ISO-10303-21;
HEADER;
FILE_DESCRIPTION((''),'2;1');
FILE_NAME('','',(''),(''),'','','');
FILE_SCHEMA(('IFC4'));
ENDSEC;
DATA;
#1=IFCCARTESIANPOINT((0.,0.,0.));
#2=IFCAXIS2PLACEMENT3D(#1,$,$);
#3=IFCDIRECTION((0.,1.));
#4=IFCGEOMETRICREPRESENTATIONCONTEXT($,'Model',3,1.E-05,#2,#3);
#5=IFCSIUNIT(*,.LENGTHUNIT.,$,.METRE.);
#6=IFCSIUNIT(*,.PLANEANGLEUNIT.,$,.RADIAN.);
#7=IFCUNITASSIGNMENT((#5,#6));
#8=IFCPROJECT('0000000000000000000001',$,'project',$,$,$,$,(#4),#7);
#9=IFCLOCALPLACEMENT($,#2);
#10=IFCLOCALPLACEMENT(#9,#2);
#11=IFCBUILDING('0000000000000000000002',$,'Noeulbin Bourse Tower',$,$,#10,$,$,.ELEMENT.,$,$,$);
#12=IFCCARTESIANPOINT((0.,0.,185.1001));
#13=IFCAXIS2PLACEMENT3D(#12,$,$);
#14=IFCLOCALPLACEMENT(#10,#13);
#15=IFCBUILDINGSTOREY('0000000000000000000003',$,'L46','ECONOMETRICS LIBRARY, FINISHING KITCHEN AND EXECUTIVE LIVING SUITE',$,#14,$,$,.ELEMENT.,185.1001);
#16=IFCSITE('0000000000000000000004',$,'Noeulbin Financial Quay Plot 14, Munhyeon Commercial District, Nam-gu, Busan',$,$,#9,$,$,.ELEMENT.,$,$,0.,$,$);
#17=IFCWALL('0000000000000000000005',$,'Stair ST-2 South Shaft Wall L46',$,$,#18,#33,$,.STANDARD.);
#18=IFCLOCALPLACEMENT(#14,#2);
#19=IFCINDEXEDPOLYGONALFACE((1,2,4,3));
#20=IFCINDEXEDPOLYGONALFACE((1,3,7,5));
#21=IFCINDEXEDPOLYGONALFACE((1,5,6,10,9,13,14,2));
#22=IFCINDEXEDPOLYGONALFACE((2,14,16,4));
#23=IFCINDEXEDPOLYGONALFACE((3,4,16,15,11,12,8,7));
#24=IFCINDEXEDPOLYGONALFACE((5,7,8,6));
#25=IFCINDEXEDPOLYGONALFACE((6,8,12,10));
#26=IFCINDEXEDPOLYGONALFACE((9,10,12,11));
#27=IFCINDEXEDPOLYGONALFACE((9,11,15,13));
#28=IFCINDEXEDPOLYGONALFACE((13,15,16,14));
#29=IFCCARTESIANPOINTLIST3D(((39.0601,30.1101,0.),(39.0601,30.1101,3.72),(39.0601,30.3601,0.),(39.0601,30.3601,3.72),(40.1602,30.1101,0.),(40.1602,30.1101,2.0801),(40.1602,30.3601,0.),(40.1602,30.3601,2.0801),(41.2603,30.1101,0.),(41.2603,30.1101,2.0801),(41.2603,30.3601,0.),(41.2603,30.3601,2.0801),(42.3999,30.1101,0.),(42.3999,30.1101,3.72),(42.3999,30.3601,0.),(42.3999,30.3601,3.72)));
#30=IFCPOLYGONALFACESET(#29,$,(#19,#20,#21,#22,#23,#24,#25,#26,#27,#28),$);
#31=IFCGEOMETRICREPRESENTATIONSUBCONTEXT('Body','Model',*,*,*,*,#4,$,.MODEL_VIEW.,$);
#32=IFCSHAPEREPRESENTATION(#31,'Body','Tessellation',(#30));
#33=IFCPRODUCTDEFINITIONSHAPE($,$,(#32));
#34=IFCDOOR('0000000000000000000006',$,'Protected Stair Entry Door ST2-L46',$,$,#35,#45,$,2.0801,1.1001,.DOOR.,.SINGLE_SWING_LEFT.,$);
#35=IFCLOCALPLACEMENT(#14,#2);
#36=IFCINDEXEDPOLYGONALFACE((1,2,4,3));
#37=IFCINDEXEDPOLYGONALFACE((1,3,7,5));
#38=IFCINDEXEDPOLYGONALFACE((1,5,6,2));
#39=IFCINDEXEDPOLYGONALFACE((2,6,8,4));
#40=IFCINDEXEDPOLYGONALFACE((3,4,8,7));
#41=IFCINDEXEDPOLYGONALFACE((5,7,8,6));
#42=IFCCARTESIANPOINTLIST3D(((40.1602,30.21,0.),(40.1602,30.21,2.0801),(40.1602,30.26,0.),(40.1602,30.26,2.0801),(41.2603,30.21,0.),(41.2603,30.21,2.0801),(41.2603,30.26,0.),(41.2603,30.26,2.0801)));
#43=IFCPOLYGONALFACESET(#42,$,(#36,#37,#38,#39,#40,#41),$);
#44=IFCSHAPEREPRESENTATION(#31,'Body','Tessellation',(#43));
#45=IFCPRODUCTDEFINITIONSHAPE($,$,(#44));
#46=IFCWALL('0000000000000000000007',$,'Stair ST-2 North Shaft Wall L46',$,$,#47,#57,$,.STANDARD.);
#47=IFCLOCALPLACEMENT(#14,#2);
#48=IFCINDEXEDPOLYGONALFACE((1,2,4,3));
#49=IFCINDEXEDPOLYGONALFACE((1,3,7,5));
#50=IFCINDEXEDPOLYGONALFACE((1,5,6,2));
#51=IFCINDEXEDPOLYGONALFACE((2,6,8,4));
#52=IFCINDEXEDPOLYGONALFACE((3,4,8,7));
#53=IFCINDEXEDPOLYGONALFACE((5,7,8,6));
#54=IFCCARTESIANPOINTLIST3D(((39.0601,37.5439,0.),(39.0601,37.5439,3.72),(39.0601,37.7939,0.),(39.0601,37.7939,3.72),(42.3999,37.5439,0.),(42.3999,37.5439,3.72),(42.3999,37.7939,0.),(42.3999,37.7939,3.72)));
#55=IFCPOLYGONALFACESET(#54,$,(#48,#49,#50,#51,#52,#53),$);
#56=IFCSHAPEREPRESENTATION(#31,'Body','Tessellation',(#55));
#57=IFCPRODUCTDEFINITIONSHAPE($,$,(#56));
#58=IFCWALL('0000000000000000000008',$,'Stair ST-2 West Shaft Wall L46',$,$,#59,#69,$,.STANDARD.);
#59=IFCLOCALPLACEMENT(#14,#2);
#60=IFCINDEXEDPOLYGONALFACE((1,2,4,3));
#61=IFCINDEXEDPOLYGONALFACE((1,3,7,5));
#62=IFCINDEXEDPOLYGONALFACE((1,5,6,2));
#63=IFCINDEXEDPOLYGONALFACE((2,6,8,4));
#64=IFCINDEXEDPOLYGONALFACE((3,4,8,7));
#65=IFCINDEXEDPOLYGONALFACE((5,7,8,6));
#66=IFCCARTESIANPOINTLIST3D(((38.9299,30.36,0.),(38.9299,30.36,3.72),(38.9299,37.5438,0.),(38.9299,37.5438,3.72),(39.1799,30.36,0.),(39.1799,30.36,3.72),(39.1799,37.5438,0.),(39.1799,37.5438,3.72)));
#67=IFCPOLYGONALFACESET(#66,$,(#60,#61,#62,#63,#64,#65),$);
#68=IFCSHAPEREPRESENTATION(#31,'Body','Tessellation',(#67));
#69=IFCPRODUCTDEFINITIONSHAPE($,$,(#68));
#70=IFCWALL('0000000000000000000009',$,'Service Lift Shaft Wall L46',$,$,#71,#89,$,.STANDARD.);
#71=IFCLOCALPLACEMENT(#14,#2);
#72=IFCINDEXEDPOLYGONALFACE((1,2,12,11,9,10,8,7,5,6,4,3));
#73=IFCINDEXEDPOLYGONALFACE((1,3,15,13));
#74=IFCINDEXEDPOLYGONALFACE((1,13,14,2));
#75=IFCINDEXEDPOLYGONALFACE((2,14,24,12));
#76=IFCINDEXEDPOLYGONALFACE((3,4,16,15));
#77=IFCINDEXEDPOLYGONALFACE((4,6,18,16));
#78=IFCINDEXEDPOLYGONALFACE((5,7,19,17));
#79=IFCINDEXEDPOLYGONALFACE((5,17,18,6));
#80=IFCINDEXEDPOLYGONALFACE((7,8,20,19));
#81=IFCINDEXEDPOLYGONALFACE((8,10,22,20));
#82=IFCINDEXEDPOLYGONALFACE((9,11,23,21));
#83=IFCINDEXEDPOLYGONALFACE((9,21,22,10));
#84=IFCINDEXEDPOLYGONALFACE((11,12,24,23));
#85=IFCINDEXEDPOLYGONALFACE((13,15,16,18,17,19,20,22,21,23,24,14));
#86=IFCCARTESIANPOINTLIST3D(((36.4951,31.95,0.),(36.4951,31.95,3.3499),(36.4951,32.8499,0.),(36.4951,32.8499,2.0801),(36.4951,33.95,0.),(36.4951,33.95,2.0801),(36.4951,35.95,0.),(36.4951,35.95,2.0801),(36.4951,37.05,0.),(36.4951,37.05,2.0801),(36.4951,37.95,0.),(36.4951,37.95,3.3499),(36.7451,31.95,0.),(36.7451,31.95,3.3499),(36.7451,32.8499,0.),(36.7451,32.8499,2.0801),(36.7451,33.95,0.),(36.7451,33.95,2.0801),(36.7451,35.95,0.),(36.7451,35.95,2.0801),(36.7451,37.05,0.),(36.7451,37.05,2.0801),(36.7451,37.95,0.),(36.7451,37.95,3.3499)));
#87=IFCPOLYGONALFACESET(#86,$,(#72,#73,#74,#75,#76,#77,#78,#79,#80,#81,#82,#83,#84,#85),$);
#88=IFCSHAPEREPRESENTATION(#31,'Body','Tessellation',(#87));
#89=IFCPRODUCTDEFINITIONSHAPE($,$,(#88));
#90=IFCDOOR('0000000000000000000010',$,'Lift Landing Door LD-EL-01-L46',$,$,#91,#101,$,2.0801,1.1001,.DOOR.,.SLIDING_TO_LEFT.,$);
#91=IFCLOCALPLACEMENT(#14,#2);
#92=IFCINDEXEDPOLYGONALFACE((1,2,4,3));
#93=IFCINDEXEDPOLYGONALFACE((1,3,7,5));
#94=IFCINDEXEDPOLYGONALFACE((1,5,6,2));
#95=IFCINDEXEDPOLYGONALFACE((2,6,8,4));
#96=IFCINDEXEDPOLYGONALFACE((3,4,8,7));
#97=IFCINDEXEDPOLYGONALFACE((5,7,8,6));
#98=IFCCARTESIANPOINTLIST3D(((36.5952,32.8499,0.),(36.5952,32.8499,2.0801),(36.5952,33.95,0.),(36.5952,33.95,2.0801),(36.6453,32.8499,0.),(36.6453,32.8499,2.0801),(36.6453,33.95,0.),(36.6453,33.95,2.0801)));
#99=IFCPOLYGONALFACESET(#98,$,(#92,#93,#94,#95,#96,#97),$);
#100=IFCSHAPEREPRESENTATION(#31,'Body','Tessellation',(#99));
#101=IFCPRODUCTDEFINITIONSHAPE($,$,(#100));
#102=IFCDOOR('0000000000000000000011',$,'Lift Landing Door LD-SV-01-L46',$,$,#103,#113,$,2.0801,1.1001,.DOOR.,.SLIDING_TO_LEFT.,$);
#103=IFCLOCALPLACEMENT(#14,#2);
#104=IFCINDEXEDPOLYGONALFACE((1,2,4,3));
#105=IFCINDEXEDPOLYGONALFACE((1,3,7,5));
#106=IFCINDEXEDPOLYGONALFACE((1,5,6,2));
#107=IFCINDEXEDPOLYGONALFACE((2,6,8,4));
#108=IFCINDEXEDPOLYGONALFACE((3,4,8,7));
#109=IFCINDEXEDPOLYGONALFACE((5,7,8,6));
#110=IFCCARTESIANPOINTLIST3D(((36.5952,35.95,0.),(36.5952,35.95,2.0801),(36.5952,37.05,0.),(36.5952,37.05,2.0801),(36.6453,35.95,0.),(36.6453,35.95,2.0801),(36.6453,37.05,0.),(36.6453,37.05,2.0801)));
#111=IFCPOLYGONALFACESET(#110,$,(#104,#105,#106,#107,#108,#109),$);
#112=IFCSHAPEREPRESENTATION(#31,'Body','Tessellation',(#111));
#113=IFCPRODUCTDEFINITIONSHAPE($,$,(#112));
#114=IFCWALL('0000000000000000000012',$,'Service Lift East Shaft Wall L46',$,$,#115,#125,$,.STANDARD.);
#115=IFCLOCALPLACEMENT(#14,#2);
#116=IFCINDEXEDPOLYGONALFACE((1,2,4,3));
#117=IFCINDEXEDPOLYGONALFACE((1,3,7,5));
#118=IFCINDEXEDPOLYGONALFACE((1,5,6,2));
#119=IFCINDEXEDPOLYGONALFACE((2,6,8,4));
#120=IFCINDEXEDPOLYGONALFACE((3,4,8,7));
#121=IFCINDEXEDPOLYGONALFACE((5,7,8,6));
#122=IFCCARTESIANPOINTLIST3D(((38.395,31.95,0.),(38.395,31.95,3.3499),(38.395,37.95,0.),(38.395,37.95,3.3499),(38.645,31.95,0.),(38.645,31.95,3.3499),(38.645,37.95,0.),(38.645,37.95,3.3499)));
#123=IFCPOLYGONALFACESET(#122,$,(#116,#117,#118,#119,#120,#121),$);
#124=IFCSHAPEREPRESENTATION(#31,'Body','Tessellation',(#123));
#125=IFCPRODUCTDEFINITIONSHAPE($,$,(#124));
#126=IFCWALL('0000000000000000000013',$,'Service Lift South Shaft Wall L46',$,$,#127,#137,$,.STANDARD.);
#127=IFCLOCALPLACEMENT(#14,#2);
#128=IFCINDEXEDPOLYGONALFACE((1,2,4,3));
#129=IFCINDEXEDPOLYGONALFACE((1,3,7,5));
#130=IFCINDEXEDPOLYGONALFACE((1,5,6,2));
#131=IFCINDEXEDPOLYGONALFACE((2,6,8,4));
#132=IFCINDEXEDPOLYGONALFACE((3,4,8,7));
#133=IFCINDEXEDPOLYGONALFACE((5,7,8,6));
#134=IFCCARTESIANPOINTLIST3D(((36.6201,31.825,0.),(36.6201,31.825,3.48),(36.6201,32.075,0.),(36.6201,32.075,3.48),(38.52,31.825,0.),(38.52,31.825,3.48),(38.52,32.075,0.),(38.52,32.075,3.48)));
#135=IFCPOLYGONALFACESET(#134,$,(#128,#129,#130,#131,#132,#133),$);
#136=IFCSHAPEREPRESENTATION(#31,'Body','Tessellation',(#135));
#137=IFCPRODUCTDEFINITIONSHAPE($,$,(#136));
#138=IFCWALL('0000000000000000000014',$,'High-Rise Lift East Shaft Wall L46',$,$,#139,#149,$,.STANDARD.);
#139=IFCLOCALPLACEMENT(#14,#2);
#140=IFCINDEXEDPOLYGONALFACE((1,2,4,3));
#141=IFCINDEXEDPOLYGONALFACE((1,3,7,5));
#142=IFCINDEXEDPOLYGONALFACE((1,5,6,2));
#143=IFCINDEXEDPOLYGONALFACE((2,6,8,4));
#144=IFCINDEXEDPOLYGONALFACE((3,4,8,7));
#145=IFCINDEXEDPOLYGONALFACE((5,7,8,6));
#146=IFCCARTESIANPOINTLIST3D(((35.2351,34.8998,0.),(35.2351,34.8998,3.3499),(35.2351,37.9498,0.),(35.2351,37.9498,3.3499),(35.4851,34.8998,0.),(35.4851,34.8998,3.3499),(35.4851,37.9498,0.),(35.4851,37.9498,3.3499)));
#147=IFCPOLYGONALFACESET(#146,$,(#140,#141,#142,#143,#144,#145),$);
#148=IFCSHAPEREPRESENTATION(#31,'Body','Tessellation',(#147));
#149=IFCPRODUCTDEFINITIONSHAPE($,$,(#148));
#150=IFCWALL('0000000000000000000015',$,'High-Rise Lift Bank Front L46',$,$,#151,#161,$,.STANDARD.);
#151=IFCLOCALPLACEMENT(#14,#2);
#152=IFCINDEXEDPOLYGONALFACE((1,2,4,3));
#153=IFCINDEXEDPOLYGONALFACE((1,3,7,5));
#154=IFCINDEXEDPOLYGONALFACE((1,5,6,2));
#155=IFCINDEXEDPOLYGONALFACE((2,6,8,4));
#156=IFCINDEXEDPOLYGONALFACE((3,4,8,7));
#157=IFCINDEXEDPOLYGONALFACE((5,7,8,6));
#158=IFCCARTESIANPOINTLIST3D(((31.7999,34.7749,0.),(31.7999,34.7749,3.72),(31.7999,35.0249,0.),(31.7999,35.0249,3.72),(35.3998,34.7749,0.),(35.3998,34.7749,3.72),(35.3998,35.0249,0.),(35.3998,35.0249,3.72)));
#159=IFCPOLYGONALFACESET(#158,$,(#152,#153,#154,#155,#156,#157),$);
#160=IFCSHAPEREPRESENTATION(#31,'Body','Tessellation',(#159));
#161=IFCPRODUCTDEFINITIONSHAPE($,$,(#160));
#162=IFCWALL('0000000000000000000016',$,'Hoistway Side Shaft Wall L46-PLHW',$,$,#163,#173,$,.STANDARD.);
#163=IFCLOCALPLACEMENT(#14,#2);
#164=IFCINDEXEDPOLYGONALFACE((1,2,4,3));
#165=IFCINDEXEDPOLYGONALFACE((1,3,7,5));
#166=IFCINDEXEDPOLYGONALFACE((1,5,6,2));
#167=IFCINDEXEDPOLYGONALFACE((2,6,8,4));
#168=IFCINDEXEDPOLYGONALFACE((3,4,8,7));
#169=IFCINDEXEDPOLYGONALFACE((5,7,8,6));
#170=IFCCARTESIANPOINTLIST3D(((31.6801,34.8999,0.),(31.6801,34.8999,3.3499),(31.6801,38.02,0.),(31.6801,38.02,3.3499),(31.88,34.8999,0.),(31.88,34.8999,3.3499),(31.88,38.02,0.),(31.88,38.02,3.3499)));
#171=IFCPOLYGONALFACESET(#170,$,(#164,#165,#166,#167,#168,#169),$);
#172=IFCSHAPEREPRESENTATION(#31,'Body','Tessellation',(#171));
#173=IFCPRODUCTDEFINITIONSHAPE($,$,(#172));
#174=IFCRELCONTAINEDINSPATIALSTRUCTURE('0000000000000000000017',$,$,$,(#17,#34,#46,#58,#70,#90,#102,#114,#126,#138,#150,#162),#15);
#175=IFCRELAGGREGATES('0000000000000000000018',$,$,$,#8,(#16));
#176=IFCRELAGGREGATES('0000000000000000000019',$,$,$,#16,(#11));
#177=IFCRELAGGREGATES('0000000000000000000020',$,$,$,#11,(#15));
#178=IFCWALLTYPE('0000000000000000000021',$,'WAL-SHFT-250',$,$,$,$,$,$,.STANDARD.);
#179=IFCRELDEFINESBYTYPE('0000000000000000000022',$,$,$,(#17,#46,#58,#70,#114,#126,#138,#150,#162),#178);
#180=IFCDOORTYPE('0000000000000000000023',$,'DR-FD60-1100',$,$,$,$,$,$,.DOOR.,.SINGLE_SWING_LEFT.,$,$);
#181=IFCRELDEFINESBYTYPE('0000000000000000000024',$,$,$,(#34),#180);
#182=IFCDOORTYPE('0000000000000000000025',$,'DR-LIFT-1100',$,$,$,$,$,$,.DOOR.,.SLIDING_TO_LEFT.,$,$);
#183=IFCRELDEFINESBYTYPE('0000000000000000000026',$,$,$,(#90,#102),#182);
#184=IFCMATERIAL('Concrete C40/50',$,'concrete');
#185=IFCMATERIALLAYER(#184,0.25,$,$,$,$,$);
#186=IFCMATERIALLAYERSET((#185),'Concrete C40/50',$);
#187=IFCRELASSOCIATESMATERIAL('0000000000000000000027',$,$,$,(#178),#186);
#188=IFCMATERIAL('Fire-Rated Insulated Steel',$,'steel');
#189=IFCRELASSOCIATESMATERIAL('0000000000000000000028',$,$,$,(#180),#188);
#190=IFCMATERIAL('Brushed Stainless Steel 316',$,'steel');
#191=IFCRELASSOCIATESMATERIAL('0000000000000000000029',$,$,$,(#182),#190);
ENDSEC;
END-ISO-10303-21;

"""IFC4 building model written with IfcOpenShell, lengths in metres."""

from ifc_helpers import new_model, si_unit, direction, frame, frame_2d, origin, place, context, subcontext, project, spatial, rectangle, extrude, material, layer, layer_set, type_object, element, fill, save


model = new_model("IFC4")

# Units and contexts
model_context = context("Model", 3, precision=1e-05, world=origin(), true_north=direction((0.0, 1.0)))
body_context = subcontext(model_context, "Body", "Model", "MODEL_VIEW")
ifc_project = project(units=[si_unit("LENGTHUNIT", "METRE"), si_unit("PLANEANGLEUNIT", "RADIAN")], contexts=[model_context])

# Site, building, storey
site_placement = place(None, origin())
site = spatial("IfcSite", under=ifc_project, at=site_placement, Name="Noeulbin Financial Quay Plot 14, Munhyeon Commercial District, Nam-gu, Busan", CompositionType="ELEMENT", RefElevation=0.0)
building_placement = place(site_placement, origin())
building = spatial("IfcBuilding", under=site, at=building_placement, Name="Noeulbin Bourse Tower", CompositionType="ELEMENT")
storey_placement = place(building_placement, frame((0.0, 0.0, 185.1001)))
storey = spatial("IfcBuildingStorey", under=building, at=storey_placement, Name="L46", Description="ECONOMETRICS LIBRARY, FINISHING KITCHEN AND EXECUTIVE LIVING SUITE", CompositionType="ELEMENT", Elevation=185.1001)

# Shared definitions
ifc_material_1 = material(Name="Concrete C40/50", Category="concrete")

# Wall, opening, door
ifc_layer_1 = layer(ifc_material_1, 0.25)
ifc_layer_set_1 = layer_set([ifc_layer_1], Name="Concrete C40/50")
wall_type_1 = type_object("IfcWallType", Name="WAL-SHFT-250", PredefinedType="STANDARD", material=ifc_layer_set_1)
wall_1_placement = place(storey_placement, frame((39.0601, 30.2351, 0.0), z_axis=(0.0, 0.0, 1.0), x_axis=(1.0, 0.0, 0.0)))
wall_1 = element("IfcWall", 1, at=wall_1_placement, inside=storey, type_object=wall_type_1, Name="Stair ST-2 South Shaft Wall L46", PredefinedType="STANDARD", context=body_context, shape_type="SweptSolid", body=[
    extrude(rectangle(XDim=3.3398, YDim=0.25, at=frame_2d((1.6699, 0.0))), origin(), (0.0, 0.0, 1.0), 3.72),
])
opening_1_placement = place(wall_1_placement, frame((1.1001, 0.0, 0.0)))
opening_1 = element("IfcOpeningElement", 2, at=opening_1_placement, cuts=wall_1, PredefinedType="OPENING", context=body_context, shape_type="SweptSolid", body=[
    extrude(rectangle(XDim=1.1001, YDim=2.0801, at=frame_2d((0.55, 1.04))), frame((0.0, 0.135, 0.0), z_axis=(0.0, -1.0, 0.0), x_axis=(1.0, 0.0, 0.0)), (0.0, 0.0, 1.0), 0.27),
])
ifc_material_2 = material(Name="Fire-Rated Insulated Steel", Category="steel")
door_type_1 = type_object("IfcDoorType", Name="DR-FD60-1100", OperationType="SINGLE_SWING_LEFT", PredefinedType="DOOR", material=ifc_material_2)
door_1_placement = place(opening_1_placement, origin())
door_1 = element("IfcDoor", 3, at=door_1_placement, inside=storey, type_object=door_type_1, Name="Protected Stair Entry Door ST2-L46", OperationType="SINGLE_SWING_LEFT", OverallHeight=2.0801, OverallWidth=1.1001, PredefinedType="DOOR", context=body_context, shape_type="SweptSolid", body=[
    extrude(rectangle(XDim=1.1001, YDim=2.0801, at=frame_2d((0.55, 1.04))), frame((0.0, 0.0249, 0.0), z_axis=(0.0, -1.0, 0.0), x_axis=(1.0, 0.0, 0.0)), (0.0, 0.0, 1.0), 0.05),
])
fill(opening_1, door_1)

# Walls
wall_2_placement = place(storey_placement, frame((39.0601, 37.6689, 0.0), z_axis=(0.0, 0.0, 1.0), x_axis=(1.0, 0.0, 0.0)))
element("IfcWall", 4, at=wall_2_placement, inside=storey, type_object=wall_type_1, Name="Stair ST-2 North Shaft Wall L46", PredefinedType="STANDARD", context=body_context, shape_type="SweptSolid", body=[
    extrude(rectangle(XDim=3.3398, YDim=0.25, at=frame_2d((1.6699, 0.0))), origin(), (0.0, 0.0, 1.0), 3.72),
])
wall_3_placement = place(storey_placement, frame((39.0549, 30.3601, 0.0), z_axis=(0.0, 0.0, 1.0), x_axis=(0.0, 1.0, 0.0)))
element("IfcWall", 5, at=wall_3_placement, inside=storey, type_object=wall_type_1, Name="Stair ST-2 West Shaft Wall L46", PredefinedType="STANDARD", context=body_context, shape_type="SweptSolid", body=[
    extrude(rectangle(XDim=7.1838, YDim=0.25, at=frame_2d((3.5918, 0.0))), origin(), (0.0, 0.0, 1.0), 3.72),
])

# Wall, openings, doors
wall_4_placement = place(storey_placement, frame((36.6201, 31.95, 0.0), z_axis=(0.0, 0.0, 1.0), x_axis=(0.0, 1.0, 0.0)))
wall_4 = element("IfcWall", 6, at=wall_4_placement, inside=storey, type_object=wall_type_1, Name="Service Lift Shaft Wall L46", PredefinedType="STANDARD", context=body_context, shape_type="SweptSolid", body=[
    extrude(rectangle(XDim=6.0, YDim=0.25, at=frame_2d((3.0, 0.0))), origin(), (0.0, 0.0, 1.0), 3.3499),
])
opening_2_placement = place(wall_4_placement, frame((0.8999, 0.0, 0.0)))
opening_2 = element("IfcOpeningElement", 7, at=opening_2_placement, cuts=wall_4, PredefinedType="OPENING", context=body_context, shape_type="SweptSolid", body=[
    extrude(rectangle(XDim=1.1001, YDim=2.0801, at=frame_2d((0.55, 1.04))), frame((0.0, 0.135, 0.0), z_axis=(0.0, -1.0, 0.0), x_axis=(1.0, 0.0, 0.0)), (0.0, 0.0, 1.0), 0.27),
])
opening_3_placement = place(wall_4_placement, frame((4.0, 0.0, 0.0)))
opening_3 = element("IfcOpeningElement", 8, at=opening_3_placement, cuts=wall_4, PredefinedType="OPENING", context=body_context, shape_type="SweptSolid", body=[
    extrude(rectangle(XDim=1.1001, YDim=2.0801, at=frame_2d((0.55, 1.04))), frame((0.0, 0.135, 0.0), z_axis=(0.0, -1.0, 0.0), x_axis=(1.0, 0.0, 0.0)), (0.0, 0.0, 1.0), 0.27),
])
ifc_material_3 = material(Name="Brushed Stainless Steel 316", Category="steel")
door_type_2 = type_object("IfcDoorType", Name="DR-LIFT-1100", OperationType="SLIDING_TO_LEFT", PredefinedType="DOOR", material=ifc_material_3)
door_2_placement = place(opening_2_placement, origin())
door_2 = element("IfcDoor", 9, at=door_2_placement, inside=storey, type_object=door_type_2, Name="Lift Landing Door LD-EL-01-L46", OperationType="SLIDING_TO_LEFT", OverallHeight=2.0801, OverallWidth=1.1001, PredefinedType="DOOR", context=body_context, shape_type="SweptSolid", body=[
    extrude(rectangle(XDim=1.1001, YDim=2.0801, at=frame_2d((0.55, 1.04))), frame((0.0, 0.0249, 0.0), z_axis=(0.0, -1.0, 0.0), x_axis=(1.0, 0.0, 0.0)), (0.0, 0.0, 1.0), 0.05),
])
fill(opening_2, door_2)
door_3_placement = place(opening_3_placement, origin())
door_3 = element("IfcDoor", 10, at=door_3_placement, inside=storey, type_object=door_type_2, Name="Lift Landing Door LD-SV-01-L46", OperationType="SLIDING_TO_LEFT", OverallHeight=2.0801, OverallWidth=1.1001, PredefinedType="DOOR", context=body_context, shape_type="SweptSolid", body=[
    extrude(rectangle(XDim=1.1001, YDim=2.0801, at=frame_2d((0.55, 1.04))), frame((0.0, 0.0249, 0.0), z_axis=(0.0, -1.0, 0.0), x_axis=(1.0, 0.0, 0.0)), (0.0, 0.0, 1.0), 0.05),
])
fill(opening_3, door_3)

# Walls
wall_5_placement = place(storey_placement, frame((38.52, 31.95, 0.0), z_axis=(0.0, 0.0, 1.0), x_axis=(0.0, 1.0, 0.0)))
element("IfcWall", 11, at=wall_5_placement, inside=storey, type_object=wall_type_1, Name="Service Lift East Shaft Wall L46", PredefinedType="STANDARD", context=body_context, shape_type="SweptSolid", body=[
    extrude(rectangle(XDim=6.0, YDim=0.25, at=frame_2d((3.0, 0.0))), origin(), (0.0, 0.0, 1.0), 3.3499),
])
wall_6_placement = place(storey_placement, frame((36.6201, 31.95, 0.0), z_axis=(0.0, 0.0, 1.0), x_axis=(1.0, 0.0, 0.0)))
element("IfcWall", 12, at=wall_6_placement, inside=storey, type_object=wall_type_1, Name="Service Lift South Shaft Wall L46", PredefinedType="STANDARD", context=body_context, shape_type="SweptSolid", body=[
    extrude(rectangle(XDim=1.8999, YDim=0.25, at=frame_2d((0.95, 0.0))), origin(), (0.0, 0.0, 1.0), 3.48),
])
wall_7_placement = place(storey_placement, frame((35.3601, 34.8999, 0.0), z_axis=(0.0, 0.0, 1.0), x_axis=(0.0, 1.0, 0.0)))
element("IfcWall", 13, at=wall_7_placement, inside=storey, type_object=wall_type_1, Name="High-Rise Lift East Shaft Wall L46", PredefinedType="STANDARD", context=body_context, shape_type="SweptSolid", body=[
    extrude(rectangle(XDim=3.05, YDim=0.25, at=frame_2d((1.5249, 0.0))), origin(), (0.0, 0.0, 1.0), 3.3499),
])
wall_8_placement = place(storey_placement, frame((31.8, 34.8999, 0.0), z_axis=(0.0, 0.0, 1.0), x_axis=(1.0, 0.0, 0.0)))
element("IfcWall", 14, at=wall_8_placement, inside=storey, type_object=wall_type_1, Name="High-Rise Lift Bank Front L46", PredefinedType="STANDARD", context=body_context, shape_type="SweptSolid", body=[
    extrude(rectangle(XDim=3.5999, YDim=0.25, at=frame_2d((1.7998, 0.0))), origin(), (0.0, 0.0, 1.0), 3.72),
])
wall_9_placement = place(storey_placement, frame((31.78, 34.8999, 0.0), z_axis=(0.0, 0.0, 1.0), x_axis=(0.0, 1.0, 0.0)))
element("IfcWall", 15, at=wall_9_placement, inside=storey, type_object=wall_type_1, Name="Hoistway Side Shaft Wall L46-PLHW", PredefinedType="STANDARD", context=body_context, shape_type="SweptSolid", body=[
    extrude(rectangle(XDim=3.1201, YDim=0.2, at=frame_2d((1.5601, 0.0))), origin(), (0.0, 0.0, 1.0), 3.3499),
])

save(model, "model.ifc")
